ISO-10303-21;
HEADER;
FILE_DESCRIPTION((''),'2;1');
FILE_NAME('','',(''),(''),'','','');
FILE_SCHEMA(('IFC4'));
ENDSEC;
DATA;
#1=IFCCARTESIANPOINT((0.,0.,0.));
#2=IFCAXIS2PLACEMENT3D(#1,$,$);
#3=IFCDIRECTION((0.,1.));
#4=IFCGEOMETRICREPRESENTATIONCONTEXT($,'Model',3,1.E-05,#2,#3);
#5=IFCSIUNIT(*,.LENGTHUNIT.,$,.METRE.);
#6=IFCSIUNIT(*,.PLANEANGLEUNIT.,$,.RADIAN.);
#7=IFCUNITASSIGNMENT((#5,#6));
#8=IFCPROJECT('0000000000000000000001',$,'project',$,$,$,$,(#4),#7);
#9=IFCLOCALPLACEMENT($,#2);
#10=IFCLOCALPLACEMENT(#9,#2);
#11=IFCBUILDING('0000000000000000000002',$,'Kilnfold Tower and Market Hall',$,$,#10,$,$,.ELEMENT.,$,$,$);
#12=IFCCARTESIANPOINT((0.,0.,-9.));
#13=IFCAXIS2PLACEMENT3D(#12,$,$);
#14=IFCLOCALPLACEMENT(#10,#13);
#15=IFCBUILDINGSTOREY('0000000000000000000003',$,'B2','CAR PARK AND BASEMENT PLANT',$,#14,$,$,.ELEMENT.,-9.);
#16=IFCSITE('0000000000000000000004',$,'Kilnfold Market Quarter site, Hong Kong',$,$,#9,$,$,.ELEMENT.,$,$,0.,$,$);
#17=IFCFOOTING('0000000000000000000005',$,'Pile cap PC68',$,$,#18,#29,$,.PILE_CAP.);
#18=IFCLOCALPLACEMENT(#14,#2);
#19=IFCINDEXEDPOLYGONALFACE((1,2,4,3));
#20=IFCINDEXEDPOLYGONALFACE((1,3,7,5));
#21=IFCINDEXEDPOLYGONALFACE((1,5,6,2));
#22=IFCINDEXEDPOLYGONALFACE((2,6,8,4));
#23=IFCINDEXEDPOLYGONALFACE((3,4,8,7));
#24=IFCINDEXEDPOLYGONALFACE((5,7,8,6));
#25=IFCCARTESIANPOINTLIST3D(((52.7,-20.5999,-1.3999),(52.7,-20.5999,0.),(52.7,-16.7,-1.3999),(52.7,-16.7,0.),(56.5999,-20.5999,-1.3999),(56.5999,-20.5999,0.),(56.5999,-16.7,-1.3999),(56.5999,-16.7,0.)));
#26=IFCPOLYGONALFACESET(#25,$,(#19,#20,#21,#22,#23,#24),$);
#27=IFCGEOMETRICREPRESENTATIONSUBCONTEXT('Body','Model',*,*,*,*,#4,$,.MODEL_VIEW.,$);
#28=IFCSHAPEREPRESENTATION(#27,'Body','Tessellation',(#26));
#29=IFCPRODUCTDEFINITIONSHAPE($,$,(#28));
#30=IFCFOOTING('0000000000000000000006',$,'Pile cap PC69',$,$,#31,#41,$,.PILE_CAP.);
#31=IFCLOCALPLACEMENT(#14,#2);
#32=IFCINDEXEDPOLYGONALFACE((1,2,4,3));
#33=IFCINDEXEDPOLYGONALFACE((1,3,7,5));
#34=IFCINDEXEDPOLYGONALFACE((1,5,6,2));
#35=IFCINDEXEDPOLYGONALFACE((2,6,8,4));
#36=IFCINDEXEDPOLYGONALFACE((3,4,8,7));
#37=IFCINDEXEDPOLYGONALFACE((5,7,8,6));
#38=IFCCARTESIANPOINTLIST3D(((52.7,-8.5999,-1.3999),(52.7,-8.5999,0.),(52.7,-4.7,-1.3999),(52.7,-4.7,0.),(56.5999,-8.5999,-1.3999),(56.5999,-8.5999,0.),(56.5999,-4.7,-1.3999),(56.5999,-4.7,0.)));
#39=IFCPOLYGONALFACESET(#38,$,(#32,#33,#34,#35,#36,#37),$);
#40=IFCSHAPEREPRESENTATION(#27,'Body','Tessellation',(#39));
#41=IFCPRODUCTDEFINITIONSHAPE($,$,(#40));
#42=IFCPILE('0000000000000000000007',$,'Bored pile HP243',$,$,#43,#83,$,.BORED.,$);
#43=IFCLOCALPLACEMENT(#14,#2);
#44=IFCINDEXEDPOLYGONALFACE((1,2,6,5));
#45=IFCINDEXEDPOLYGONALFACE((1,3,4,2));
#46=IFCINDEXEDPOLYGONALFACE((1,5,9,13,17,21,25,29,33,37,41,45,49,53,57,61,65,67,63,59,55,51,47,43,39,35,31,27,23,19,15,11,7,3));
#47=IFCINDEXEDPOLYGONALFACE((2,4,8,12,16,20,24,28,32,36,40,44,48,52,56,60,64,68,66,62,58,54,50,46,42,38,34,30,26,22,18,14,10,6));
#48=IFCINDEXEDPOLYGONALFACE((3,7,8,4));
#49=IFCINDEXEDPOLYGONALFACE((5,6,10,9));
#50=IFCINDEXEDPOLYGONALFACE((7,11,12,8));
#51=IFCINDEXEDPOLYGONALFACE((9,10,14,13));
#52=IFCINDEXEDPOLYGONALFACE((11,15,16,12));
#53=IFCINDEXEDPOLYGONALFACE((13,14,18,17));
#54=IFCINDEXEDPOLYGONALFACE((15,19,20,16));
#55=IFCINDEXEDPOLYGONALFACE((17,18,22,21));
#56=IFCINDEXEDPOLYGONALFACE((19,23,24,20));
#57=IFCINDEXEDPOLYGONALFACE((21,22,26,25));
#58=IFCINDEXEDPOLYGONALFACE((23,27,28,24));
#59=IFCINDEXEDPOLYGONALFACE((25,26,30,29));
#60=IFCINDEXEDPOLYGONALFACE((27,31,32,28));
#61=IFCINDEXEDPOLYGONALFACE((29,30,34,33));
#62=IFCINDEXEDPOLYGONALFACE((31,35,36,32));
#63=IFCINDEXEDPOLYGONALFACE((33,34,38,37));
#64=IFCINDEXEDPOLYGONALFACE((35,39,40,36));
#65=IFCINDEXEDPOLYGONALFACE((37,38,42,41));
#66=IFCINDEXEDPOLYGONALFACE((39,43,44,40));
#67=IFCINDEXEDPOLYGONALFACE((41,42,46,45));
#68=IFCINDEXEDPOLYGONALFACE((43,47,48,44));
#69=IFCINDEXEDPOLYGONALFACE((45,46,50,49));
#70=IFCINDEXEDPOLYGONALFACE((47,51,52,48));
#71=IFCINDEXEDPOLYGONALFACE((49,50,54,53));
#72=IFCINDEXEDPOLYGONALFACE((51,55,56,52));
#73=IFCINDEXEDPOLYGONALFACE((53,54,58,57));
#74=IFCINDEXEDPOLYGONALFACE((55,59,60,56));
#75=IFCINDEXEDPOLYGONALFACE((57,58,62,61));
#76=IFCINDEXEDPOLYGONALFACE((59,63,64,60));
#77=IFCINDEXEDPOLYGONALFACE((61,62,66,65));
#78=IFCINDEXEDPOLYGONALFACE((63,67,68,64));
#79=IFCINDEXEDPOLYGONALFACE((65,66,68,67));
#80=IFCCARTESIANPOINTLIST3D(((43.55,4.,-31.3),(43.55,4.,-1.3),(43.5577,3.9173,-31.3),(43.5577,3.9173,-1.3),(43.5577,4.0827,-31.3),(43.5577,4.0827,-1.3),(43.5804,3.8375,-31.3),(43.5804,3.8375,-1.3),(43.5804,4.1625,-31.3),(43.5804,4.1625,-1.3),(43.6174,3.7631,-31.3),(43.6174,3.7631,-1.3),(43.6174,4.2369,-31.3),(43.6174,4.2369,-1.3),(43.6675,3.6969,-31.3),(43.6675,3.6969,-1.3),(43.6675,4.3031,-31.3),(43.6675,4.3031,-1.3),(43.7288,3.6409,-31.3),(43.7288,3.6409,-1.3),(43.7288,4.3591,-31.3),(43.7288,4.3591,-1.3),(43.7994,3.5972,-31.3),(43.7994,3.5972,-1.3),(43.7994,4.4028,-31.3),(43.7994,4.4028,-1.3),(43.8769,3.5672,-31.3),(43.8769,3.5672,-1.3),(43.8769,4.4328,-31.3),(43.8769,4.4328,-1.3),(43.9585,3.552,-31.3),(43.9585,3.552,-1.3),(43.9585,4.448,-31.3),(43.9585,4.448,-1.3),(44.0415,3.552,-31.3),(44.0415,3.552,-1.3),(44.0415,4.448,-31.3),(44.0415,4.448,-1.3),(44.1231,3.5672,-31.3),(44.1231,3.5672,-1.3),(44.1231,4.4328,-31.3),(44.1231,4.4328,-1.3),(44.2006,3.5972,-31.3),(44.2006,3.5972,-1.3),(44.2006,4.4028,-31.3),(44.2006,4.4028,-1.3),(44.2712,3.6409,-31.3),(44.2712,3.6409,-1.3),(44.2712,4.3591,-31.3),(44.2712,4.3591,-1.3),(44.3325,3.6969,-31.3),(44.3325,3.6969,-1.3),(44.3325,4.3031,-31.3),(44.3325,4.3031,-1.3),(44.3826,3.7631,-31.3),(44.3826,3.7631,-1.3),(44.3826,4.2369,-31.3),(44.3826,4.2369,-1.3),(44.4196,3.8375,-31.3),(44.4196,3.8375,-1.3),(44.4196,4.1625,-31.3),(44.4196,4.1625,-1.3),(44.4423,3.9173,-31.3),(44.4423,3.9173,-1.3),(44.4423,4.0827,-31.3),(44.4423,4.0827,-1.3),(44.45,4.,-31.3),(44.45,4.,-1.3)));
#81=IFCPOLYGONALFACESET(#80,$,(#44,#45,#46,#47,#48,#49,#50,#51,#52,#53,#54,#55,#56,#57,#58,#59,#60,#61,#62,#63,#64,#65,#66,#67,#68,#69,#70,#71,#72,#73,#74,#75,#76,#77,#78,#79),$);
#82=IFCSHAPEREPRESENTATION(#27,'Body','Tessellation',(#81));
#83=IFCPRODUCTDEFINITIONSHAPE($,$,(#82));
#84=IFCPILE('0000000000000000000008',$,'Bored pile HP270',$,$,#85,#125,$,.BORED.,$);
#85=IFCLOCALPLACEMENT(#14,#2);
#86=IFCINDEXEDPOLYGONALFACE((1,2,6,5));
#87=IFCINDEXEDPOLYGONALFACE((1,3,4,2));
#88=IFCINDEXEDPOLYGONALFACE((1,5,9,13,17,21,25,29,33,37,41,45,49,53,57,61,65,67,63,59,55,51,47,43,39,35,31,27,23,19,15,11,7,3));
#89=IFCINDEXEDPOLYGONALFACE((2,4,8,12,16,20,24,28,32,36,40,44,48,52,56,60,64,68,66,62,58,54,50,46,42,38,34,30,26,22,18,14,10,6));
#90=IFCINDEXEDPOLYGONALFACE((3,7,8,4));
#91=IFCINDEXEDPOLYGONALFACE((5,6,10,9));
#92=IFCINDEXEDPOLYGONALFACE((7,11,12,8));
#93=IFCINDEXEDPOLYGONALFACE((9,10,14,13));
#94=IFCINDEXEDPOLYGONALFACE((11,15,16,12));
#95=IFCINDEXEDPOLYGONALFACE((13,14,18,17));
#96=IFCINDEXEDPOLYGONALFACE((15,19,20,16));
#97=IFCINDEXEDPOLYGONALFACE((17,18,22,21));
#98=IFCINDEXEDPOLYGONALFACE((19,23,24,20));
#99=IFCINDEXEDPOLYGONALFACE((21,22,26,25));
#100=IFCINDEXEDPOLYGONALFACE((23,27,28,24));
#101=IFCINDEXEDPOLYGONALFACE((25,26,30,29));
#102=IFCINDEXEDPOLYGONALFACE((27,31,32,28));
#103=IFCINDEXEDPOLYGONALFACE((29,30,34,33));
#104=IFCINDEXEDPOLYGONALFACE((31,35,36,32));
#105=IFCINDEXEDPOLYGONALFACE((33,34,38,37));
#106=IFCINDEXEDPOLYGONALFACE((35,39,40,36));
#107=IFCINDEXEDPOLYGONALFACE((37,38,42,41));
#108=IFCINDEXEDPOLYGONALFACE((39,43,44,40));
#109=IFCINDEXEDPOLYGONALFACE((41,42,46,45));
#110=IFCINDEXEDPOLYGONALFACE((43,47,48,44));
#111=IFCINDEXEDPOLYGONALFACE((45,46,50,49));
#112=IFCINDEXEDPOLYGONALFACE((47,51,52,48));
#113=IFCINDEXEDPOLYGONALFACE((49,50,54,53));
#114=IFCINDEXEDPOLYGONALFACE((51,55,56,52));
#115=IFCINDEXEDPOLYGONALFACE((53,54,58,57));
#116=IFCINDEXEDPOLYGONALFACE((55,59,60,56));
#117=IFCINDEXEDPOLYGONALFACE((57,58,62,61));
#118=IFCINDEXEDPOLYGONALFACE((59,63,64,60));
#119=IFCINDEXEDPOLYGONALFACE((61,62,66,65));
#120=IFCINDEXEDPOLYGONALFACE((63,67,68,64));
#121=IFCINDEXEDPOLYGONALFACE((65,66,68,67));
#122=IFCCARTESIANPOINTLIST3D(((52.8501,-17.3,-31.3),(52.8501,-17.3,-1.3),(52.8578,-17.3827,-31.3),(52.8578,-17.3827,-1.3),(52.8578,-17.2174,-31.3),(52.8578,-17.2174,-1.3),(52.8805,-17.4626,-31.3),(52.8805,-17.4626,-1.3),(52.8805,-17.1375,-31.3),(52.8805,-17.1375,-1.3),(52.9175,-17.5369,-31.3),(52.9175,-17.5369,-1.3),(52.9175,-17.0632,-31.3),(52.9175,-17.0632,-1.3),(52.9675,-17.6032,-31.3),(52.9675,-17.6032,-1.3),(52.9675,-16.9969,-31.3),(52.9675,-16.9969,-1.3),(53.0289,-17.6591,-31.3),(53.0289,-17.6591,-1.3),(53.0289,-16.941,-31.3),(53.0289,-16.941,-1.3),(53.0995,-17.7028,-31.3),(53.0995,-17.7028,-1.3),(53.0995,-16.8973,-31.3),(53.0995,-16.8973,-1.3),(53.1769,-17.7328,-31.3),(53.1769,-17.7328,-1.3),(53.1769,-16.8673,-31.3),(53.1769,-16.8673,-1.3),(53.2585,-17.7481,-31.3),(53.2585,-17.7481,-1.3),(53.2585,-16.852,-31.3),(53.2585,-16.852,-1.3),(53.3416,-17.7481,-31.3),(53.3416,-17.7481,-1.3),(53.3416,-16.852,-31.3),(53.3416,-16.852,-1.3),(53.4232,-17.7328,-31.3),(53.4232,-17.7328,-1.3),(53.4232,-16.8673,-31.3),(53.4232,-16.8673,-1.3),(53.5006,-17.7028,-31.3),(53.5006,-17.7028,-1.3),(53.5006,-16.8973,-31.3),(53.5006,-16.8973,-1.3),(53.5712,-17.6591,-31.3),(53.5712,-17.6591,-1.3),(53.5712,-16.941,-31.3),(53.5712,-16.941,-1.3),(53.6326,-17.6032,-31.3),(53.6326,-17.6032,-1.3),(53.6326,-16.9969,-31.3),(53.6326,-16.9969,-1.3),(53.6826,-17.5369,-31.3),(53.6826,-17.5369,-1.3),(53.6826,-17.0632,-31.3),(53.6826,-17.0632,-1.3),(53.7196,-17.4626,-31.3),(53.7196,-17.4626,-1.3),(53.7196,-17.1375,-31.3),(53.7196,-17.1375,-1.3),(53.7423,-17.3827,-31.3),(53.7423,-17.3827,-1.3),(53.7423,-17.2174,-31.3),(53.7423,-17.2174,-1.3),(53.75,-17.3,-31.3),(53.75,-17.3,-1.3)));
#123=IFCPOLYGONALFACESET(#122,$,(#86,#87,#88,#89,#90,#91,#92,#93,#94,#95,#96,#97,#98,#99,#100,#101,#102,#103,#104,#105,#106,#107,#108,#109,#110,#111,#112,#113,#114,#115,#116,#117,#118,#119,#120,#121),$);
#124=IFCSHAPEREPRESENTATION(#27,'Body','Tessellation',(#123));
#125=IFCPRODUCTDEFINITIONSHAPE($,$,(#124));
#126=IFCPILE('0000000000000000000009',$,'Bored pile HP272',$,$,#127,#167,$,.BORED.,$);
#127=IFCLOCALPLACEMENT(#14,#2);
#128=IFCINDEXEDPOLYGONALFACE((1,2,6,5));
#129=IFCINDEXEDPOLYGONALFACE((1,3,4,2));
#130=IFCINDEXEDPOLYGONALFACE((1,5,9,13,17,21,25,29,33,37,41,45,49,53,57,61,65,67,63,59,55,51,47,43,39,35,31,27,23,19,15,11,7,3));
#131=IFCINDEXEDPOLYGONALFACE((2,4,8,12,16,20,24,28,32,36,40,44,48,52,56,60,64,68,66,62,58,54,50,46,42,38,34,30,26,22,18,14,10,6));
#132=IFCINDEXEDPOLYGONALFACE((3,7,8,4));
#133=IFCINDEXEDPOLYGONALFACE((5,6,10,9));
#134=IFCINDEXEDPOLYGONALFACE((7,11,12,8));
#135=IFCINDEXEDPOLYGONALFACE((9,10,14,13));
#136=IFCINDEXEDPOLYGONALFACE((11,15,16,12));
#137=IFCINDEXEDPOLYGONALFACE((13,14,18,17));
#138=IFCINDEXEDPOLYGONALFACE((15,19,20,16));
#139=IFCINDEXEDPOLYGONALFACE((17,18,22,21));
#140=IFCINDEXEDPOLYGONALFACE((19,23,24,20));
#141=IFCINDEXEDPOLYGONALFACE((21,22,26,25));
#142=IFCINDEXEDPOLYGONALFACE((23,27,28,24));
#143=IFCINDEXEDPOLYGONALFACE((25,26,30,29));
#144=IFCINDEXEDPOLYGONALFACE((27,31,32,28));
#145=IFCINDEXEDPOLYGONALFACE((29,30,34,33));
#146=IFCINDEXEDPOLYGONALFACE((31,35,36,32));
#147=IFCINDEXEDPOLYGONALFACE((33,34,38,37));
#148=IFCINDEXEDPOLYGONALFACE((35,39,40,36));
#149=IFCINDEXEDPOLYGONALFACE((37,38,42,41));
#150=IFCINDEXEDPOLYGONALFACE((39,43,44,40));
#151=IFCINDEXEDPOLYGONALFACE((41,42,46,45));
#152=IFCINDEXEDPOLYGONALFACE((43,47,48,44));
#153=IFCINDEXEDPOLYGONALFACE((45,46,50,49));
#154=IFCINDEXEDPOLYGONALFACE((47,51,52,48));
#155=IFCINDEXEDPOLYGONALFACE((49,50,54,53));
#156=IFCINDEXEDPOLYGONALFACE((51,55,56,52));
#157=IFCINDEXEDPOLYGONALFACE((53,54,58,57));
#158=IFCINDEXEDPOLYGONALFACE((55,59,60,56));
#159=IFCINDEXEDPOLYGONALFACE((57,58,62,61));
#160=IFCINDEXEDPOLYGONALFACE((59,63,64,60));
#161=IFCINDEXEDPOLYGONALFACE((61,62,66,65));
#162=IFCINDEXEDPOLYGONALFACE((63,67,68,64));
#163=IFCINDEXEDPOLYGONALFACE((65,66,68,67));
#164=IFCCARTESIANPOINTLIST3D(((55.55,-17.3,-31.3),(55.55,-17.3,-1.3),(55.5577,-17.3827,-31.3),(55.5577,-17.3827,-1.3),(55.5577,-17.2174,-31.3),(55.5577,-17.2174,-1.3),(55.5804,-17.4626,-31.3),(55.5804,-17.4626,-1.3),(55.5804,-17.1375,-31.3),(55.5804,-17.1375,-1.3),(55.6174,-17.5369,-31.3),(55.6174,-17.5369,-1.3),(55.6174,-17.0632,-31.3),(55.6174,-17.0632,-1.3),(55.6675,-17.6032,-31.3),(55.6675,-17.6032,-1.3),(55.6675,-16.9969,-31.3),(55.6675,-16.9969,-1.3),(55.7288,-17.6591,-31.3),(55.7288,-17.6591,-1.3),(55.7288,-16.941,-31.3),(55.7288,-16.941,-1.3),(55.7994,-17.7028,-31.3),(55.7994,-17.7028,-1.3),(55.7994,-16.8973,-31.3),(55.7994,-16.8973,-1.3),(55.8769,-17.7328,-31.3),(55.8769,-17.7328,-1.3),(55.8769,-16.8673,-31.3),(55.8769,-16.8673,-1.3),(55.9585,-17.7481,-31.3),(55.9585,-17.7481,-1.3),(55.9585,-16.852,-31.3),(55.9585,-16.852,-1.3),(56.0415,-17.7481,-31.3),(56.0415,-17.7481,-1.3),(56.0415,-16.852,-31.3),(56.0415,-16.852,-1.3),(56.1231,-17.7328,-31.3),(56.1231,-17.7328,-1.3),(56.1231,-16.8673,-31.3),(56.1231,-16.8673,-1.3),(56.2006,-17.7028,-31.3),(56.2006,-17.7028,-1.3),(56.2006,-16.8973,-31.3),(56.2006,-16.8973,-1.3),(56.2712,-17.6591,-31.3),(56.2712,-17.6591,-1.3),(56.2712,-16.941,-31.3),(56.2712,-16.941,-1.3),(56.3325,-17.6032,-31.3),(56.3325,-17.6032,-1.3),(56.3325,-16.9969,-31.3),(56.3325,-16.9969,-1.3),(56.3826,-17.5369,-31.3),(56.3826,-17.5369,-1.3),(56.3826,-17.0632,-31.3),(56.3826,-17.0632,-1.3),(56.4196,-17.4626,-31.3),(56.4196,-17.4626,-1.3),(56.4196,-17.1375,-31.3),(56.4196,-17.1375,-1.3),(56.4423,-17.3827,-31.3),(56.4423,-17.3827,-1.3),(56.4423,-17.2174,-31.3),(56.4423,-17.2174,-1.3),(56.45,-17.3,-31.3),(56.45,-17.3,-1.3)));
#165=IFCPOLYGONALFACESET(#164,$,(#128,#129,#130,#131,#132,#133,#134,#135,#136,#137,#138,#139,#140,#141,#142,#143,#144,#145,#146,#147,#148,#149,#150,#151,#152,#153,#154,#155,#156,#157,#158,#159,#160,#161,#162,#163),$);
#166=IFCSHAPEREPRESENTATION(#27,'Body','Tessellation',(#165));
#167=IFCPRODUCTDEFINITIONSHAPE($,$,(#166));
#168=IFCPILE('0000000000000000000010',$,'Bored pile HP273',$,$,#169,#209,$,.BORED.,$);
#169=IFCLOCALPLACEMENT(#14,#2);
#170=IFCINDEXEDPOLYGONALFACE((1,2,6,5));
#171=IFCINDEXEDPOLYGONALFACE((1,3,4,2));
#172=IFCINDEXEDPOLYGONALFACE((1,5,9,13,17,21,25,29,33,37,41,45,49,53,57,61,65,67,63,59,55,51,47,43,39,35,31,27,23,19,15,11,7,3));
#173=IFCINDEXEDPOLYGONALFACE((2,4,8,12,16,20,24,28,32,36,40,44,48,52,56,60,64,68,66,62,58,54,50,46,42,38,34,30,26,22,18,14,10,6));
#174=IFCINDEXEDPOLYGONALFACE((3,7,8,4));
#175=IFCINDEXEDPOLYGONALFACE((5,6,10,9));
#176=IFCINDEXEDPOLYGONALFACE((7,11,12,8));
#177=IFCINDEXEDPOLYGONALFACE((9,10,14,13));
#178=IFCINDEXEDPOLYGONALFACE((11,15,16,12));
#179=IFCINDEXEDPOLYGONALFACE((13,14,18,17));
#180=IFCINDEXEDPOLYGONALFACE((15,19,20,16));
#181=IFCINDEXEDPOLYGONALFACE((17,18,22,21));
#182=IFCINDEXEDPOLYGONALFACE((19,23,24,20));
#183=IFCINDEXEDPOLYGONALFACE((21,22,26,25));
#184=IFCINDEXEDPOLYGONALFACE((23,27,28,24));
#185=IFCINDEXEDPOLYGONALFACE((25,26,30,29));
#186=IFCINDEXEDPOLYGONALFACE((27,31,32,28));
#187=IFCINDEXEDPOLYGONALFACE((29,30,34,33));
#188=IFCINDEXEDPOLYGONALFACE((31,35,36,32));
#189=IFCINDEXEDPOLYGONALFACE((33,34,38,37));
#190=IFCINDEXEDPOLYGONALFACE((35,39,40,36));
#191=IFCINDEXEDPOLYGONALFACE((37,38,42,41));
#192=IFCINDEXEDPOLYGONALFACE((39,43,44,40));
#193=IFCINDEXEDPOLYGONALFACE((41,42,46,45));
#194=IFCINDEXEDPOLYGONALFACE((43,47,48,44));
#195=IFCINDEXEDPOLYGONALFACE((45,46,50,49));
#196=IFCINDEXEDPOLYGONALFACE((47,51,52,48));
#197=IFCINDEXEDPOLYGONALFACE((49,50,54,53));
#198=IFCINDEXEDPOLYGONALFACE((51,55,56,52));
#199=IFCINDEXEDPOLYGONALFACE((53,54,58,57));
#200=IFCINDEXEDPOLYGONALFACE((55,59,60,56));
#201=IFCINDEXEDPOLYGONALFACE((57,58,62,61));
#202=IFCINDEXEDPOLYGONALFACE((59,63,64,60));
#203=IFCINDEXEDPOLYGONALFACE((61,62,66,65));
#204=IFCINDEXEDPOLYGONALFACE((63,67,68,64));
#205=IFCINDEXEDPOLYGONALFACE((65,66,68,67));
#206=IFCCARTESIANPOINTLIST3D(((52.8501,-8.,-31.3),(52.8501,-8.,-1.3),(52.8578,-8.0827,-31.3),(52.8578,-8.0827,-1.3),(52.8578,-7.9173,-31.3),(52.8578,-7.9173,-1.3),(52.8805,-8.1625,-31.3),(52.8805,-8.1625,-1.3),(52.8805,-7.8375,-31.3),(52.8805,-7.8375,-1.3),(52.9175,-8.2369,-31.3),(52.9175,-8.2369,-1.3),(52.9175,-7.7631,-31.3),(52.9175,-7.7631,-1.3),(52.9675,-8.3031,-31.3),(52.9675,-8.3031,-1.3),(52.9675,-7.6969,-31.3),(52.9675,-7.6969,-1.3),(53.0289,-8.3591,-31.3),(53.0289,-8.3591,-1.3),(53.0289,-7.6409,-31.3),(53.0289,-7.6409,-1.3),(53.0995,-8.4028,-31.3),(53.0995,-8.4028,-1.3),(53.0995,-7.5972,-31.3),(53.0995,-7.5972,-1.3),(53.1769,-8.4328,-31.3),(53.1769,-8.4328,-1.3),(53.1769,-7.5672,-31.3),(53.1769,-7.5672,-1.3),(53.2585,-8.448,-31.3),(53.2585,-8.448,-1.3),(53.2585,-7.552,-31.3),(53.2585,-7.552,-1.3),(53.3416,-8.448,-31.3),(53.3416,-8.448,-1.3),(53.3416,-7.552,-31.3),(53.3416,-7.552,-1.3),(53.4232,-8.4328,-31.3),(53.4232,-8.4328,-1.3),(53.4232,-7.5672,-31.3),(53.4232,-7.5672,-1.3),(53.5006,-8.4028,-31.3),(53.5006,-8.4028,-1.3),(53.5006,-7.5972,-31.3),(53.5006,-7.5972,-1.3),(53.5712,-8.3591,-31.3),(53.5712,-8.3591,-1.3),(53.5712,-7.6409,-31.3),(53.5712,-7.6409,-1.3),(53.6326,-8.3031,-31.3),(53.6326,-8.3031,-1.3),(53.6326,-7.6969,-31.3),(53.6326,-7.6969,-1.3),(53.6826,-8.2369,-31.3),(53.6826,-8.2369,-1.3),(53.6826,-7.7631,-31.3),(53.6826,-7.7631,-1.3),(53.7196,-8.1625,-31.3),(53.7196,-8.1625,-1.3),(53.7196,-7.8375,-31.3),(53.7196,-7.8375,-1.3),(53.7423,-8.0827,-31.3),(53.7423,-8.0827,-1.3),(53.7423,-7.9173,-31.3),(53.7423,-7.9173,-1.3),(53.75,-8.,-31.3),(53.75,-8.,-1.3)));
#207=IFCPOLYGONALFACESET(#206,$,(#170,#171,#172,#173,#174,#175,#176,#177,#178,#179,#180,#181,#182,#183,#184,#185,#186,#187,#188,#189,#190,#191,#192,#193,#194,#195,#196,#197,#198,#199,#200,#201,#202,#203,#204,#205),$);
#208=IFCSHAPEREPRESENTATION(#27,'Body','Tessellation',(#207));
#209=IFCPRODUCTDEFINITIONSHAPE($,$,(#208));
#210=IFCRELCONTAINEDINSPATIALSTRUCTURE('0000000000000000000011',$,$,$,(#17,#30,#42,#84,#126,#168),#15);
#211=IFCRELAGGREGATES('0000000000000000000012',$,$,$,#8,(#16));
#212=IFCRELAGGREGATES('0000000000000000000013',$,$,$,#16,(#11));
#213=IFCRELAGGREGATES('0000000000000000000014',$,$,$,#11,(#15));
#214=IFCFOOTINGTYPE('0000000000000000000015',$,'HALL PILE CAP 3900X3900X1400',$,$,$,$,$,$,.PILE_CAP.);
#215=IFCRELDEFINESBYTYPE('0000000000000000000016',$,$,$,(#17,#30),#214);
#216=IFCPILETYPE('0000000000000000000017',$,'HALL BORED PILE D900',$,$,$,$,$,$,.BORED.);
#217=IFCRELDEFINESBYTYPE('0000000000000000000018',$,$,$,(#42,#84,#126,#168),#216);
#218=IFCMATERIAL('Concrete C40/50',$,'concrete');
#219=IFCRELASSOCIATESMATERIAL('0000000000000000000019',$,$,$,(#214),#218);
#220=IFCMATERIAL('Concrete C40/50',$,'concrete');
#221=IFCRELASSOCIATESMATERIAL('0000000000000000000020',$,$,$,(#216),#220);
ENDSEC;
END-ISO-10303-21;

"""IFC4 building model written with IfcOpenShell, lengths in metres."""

from ifc_helpers import new_model, si_unit, direction, frame, origin, origin_2d, place, context, subcontext, project, spatial, rectangle, circle, extrude, source, transform, mapped, material, material_profile, profile_set, type_object, element, save


model = new_model("IFC4")

# Units and contexts
model_context = context("Model", 3, precision=1e-05, world=origin(), true_north=direction((0.0, 1.0)))
body_context = subcontext(model_context, "Body", "Model", "MODEL_VIEW")
ifc_project = project(units=[si_unit("LENGTHUNIT", "METRE"), si_unit("PLANEANGLEUNIT", "RADIAN")], contexts=[model_context])

# Site, building, storey
site_placement = place(None, origin())
site = spatial("IfcSite", under=ifc_project, at=site_placement, Name="Kilnfold Market Quarter site, Hong Kong", CompositionType="ELEMENT", RefElevation=0.0)
building_placement = place(site_placement, origin())
building = spatial("IfcBuilding", under=site, at=building_placement, Name="Kilnfold Tower and Market Hall", CompositionType="ELEMENT")
storey_placement = place(building_placement, frame((0.0, 0.0, -9.0)))
storey = spatial("IfcBuildingStorey", under=building, at=storey_placement, Name="B2", Description="CAR PARK AND BASEMENT PLANT", CompositionType="ELEMENT", Elevation=-9.0)

# Footings
ifc_material_1 = material(Name="Concrete C40/50", Category="concrete")
footing_type = type_object("IfcFootingType", Name="HALL PILE CAP 3900X3900X1400", PredefinedType="PILE_CAP", material=ifc_material_1)
shared_shape_1 = source(origin(), body_context, "Body", "SweptSolid", [
    extrude(rectangle(XDim=3.8999, YDim=3.8999, at=origin_2d()), origin(), (0.0, 0.0, 1.0), 1.3999),
])
for number, where, z_axis, x_axis, name in (
    (1, (54.6499, -18.6499, -1.3999), (0.0, 0.0, 1.0), (1.0, 0.0, 0.0), "Pile cap PC68"),
    (2, (54.6499, -6.6499, -1.3999), (0.0, 0.0, 1.0), (1.0, 0.0, 0.0), "Pile cap PC69"),
):
    element("IfcFooting", number, at=place(storey_placement, frame(where, z_axis=z_axis, x_axis=x_axis)), inside=storey, type_object=footing_type, Name=name, PredefinedType="PILE_CAP", context=body_context, shape_type="MappedRepresentation", body=[
        mapped(shared_shape_1, transform((0.0, 0.0, 0.0))),
    ])

# Piles
ifc_material_2 = material(Name="Concrete C40/50", Category="concrete")
ifc_material_profile_1 = material_profile(ifc_material_2, circle(Radius=0.45, at=origin_2d()), Name="D900")
ifc_profile_set_1 = profile_set([ifc_material_profile_1], Name="Concrete C40/50")
pile_type = type_object("IfcPileType", Name="HALL BORED PILE D900", PredefinedType="BORED", material=ifc_profile_set_1)
shared_shape_2 = source(origin(), body_context, "Body", "SweptSolid", [
    extrude(circle(Radius=0.45, at=origin_2d()), origin(), (0.0, 0.0, 1.0), 30.0),
])
for number, where, z_axis, x_axis, name in (
    (3, (44.0, 4.0, -1.3), (0.0, 0.0, -1.0), (1.0, 0.0, 0.0), "Bored pile HP243"),
    (4, (53.3, -17.3, -1.3), (0.0, 0.0, -1.0), (1.0, 0.0, 0.0), "Bored pile HP270"),
    (5, (56.0, -17.3, -1.3), (0.0, 0.0, -1.0), (1.0, 0.0, 0.0), "Bored pile HP272"),
    (6, (53.3, -8.0, -1.3), (0.0, 0.0, -1.0), (1.0, 0.0, 0.0), "Bored pile HP273"),
):
    element("IfcPile", number, at=place(storey_placement, frame(where, z_axis=z_axis, x_axis=x_axis)), inside=storey, type_object=pile_type, Name=name, PredefinedType="BORED", context=body_context, shape_type="MappedRepresentation", body=[
        mapped(shared_shape_2, transform((0.0, 0.0, 0.0))),
    ])

save(model, "model.ifc")
